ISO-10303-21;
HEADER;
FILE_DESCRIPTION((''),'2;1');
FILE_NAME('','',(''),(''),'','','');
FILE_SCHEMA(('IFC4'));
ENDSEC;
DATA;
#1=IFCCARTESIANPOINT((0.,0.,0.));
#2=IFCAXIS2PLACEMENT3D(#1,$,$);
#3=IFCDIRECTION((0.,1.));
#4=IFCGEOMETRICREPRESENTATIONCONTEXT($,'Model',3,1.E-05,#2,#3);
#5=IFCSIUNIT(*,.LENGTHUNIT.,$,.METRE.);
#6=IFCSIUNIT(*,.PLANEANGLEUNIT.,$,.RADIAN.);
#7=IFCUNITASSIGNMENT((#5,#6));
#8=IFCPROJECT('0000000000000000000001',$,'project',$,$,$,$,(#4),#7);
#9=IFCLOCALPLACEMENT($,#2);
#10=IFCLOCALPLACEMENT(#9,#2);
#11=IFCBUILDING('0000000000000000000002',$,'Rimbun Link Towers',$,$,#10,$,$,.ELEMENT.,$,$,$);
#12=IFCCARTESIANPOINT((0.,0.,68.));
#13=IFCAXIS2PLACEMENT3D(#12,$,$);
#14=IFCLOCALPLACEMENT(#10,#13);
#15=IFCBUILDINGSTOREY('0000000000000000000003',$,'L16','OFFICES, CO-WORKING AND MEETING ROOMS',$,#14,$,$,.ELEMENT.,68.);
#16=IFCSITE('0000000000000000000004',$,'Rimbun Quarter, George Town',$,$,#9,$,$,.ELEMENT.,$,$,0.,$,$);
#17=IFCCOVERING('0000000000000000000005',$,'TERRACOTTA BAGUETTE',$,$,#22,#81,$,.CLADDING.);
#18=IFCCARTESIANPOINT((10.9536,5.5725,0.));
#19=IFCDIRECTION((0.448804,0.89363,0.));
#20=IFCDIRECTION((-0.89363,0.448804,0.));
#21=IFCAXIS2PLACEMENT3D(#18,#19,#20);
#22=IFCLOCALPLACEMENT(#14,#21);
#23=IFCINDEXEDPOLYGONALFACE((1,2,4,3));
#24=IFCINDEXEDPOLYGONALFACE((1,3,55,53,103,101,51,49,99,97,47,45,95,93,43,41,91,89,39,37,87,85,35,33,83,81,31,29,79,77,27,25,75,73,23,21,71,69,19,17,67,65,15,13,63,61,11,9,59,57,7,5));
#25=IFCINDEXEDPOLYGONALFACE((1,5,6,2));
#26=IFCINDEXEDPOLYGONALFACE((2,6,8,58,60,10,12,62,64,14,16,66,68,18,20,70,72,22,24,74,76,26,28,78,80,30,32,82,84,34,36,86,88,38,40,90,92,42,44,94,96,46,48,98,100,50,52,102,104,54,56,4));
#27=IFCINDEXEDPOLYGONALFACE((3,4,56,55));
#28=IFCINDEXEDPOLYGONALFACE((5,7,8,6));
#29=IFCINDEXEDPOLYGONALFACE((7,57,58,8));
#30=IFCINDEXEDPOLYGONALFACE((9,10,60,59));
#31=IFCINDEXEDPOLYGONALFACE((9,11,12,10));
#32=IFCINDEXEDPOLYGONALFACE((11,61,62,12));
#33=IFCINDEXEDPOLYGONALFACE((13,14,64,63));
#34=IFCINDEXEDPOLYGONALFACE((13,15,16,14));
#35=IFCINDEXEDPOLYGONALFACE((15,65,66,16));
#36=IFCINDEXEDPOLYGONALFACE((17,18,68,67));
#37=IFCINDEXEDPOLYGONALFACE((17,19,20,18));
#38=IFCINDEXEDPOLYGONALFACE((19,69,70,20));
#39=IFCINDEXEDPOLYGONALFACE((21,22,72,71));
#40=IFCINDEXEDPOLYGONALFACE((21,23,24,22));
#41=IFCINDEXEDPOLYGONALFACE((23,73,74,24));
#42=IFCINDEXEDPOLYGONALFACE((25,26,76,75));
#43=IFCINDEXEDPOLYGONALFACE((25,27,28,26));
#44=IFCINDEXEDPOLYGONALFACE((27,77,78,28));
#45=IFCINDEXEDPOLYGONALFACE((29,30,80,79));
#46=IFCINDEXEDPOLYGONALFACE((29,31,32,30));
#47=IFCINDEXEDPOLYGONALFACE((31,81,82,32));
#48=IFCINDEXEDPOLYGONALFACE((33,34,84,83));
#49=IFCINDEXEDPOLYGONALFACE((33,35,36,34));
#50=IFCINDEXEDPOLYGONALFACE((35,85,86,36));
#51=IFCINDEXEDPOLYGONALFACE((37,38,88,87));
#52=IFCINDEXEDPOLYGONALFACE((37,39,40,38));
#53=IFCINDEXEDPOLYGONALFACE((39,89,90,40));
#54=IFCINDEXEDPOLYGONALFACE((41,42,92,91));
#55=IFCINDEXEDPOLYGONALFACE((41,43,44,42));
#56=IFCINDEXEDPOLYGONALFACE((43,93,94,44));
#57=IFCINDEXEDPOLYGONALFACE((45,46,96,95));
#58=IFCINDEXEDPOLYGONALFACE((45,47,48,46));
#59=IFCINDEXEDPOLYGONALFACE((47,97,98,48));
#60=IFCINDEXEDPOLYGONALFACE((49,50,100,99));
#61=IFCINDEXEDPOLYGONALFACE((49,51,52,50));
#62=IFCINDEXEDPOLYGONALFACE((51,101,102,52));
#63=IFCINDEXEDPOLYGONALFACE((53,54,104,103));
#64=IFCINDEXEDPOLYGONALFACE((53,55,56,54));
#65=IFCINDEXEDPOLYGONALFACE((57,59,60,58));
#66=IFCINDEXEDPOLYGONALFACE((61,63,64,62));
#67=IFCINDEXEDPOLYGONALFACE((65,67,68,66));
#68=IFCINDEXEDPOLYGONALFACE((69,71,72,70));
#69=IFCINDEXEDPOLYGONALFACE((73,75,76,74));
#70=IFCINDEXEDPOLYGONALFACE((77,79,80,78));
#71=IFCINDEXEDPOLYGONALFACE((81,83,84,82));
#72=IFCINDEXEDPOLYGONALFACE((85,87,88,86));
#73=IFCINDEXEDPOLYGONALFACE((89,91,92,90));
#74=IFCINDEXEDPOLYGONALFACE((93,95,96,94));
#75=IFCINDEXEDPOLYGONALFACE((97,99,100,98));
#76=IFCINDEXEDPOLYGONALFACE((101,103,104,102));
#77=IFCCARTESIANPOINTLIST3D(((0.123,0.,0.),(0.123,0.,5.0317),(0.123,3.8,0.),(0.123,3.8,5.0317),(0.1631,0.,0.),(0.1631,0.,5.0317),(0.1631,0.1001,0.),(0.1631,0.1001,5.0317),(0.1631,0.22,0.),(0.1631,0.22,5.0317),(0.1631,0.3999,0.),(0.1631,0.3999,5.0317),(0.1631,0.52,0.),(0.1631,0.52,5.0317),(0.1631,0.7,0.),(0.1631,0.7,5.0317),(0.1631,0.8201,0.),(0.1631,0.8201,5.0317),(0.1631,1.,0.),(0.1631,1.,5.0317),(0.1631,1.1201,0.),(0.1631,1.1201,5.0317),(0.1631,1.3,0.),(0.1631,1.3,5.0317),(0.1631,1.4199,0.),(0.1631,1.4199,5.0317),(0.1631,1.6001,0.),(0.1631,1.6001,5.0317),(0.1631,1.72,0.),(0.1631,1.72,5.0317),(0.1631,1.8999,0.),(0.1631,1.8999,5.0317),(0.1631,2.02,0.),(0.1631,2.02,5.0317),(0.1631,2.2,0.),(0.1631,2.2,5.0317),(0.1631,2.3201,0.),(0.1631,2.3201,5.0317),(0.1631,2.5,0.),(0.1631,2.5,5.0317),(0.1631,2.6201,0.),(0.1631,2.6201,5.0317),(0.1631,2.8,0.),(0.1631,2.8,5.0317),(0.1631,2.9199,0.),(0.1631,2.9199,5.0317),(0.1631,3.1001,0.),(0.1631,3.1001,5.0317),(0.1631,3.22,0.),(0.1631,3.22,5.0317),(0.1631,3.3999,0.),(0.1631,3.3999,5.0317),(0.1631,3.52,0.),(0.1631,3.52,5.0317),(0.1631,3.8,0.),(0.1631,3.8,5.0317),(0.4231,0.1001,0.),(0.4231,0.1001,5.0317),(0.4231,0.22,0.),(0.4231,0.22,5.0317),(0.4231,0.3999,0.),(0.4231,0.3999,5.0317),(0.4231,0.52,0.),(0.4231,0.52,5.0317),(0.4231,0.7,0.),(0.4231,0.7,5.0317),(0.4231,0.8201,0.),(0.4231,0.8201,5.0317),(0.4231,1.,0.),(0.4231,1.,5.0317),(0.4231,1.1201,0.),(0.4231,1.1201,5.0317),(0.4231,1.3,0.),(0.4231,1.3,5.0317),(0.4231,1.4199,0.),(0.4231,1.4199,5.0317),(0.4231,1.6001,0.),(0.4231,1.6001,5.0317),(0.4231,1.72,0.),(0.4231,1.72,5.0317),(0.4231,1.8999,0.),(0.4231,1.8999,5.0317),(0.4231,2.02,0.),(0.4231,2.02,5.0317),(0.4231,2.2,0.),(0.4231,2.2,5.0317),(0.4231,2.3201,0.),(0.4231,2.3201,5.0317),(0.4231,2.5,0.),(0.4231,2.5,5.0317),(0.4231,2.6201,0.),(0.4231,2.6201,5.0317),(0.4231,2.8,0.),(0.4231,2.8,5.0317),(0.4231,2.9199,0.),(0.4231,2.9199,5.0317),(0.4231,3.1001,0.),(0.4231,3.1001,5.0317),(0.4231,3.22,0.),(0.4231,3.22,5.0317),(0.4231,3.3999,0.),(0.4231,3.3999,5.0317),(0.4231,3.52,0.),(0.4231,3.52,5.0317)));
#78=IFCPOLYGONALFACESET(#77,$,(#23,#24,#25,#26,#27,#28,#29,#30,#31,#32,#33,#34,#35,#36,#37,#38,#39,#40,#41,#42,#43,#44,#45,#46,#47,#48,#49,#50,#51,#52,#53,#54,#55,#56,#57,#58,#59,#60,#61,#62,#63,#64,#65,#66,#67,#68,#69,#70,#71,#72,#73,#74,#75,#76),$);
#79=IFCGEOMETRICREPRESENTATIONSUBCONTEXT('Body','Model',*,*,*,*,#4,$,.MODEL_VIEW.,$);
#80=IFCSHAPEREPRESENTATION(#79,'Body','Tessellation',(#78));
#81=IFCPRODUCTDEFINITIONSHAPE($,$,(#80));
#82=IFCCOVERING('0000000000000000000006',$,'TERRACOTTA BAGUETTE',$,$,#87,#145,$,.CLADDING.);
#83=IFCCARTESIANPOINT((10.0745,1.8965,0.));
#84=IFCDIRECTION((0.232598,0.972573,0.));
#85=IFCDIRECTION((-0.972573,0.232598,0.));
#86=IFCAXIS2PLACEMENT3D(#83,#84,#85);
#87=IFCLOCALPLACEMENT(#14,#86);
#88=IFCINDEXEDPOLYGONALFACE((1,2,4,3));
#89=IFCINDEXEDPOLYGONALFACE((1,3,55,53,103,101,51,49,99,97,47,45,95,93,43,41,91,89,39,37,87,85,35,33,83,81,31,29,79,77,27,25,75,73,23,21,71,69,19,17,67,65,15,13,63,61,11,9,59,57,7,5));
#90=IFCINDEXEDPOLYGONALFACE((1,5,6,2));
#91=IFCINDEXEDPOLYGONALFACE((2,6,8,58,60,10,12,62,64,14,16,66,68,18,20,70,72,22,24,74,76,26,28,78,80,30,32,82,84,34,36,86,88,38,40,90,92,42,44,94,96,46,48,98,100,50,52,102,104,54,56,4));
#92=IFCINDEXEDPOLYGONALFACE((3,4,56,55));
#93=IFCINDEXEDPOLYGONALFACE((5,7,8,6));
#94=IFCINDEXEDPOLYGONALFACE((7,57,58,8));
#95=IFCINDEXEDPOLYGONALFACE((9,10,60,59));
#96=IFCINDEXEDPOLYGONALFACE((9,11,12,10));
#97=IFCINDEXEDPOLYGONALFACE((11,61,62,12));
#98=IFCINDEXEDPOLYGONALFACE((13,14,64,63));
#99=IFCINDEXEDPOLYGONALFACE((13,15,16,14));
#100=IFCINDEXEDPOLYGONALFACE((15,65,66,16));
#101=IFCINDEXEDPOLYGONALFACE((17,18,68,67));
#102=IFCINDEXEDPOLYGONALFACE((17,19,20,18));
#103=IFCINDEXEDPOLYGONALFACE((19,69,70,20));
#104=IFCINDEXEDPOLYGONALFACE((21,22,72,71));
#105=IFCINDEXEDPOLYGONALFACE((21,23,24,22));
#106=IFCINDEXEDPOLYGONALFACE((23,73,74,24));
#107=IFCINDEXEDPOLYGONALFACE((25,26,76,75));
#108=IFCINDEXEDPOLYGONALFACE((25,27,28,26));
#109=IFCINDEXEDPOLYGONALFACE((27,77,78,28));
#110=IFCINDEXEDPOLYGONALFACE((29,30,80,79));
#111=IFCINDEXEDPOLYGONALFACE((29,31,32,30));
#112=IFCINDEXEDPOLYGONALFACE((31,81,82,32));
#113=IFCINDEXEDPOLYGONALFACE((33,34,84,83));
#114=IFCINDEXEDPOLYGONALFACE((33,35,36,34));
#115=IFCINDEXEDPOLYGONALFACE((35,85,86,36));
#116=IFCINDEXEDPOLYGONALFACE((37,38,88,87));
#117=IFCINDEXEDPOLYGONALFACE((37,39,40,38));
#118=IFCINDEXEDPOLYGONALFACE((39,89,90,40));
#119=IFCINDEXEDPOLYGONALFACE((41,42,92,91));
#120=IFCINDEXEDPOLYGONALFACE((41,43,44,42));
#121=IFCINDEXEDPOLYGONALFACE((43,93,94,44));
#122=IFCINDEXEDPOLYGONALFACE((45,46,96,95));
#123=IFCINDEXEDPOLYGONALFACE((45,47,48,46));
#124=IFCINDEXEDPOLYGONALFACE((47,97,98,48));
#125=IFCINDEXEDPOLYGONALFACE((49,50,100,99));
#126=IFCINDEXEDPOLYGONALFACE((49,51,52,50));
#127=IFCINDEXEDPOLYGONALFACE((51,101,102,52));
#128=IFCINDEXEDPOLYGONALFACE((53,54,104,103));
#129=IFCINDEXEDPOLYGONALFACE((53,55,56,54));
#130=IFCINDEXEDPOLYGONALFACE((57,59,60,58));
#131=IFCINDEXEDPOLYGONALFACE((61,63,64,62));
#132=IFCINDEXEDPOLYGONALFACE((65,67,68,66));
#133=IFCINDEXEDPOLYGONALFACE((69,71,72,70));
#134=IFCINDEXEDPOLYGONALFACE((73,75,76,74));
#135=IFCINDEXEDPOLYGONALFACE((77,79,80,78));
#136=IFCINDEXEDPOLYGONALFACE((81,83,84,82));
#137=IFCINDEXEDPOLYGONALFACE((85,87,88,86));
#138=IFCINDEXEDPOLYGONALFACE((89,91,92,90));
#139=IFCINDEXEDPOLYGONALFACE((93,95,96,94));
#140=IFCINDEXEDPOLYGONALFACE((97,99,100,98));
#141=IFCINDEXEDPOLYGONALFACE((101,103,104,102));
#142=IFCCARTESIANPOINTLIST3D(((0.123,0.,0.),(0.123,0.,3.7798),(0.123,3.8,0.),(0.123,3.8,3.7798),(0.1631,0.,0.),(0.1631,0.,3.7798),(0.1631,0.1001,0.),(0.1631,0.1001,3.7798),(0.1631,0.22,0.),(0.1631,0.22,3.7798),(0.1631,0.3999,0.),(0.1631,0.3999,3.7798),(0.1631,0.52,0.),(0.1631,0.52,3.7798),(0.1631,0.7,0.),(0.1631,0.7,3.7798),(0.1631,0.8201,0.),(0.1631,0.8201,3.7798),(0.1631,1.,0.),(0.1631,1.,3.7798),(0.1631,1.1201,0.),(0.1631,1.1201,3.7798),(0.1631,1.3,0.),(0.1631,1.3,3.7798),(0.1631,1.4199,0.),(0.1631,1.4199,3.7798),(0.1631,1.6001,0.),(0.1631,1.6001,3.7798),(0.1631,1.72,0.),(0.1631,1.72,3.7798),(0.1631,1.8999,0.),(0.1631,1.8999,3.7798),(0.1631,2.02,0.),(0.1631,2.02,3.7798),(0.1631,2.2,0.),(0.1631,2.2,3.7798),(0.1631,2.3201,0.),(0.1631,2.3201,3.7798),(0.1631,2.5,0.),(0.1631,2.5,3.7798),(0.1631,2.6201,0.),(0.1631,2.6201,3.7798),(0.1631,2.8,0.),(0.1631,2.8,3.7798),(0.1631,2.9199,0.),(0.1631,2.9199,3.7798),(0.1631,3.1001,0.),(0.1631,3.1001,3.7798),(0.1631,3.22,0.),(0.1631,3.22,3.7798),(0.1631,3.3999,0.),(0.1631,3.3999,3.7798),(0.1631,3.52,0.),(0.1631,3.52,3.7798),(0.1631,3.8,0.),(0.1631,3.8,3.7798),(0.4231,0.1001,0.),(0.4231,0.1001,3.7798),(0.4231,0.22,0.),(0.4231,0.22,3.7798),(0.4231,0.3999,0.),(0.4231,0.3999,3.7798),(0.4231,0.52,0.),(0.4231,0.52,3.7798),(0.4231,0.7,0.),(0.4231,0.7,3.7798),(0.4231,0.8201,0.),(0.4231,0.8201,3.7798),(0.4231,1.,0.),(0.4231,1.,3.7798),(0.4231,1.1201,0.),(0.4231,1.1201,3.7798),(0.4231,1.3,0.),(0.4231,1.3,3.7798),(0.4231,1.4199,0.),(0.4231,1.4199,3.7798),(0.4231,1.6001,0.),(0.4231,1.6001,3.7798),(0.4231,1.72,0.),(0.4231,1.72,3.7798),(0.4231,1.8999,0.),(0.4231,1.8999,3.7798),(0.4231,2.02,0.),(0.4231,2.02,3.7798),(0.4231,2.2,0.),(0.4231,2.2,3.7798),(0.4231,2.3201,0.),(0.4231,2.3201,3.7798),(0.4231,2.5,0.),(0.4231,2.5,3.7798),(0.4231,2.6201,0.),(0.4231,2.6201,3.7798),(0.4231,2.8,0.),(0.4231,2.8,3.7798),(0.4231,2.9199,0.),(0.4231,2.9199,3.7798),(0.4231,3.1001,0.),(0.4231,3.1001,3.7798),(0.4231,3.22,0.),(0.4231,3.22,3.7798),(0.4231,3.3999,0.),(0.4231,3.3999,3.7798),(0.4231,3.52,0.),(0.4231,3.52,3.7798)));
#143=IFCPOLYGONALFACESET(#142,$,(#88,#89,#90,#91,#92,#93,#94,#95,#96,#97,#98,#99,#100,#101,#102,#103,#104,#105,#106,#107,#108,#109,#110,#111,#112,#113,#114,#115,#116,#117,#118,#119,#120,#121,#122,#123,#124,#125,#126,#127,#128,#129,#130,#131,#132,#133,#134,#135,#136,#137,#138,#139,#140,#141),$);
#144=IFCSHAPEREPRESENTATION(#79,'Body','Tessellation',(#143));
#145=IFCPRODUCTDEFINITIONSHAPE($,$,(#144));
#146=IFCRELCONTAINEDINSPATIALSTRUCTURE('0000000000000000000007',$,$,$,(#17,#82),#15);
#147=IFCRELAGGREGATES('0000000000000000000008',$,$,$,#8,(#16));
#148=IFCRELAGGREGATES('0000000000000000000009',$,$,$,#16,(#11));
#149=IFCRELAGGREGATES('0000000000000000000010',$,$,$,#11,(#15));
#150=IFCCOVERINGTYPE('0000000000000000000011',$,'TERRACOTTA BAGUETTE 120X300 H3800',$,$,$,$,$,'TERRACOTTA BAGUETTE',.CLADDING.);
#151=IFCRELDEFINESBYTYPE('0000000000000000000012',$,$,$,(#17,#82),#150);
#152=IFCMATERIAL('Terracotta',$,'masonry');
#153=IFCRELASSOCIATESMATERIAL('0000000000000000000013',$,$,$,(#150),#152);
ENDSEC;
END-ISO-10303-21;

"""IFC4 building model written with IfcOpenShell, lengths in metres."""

from ifc_helpers import new_model, si_unit, direction, frame, origin, place, context, subcontext, project, spatial, polyline, outline, extrude, material, material_profile, profile_set, type_object, element, save


model = new_model("IFC4")

# Units and contexts
model_context = context("Model", 3, precision=1e-05, world=origin(), true_north=direction((0.0, 1.0)))
body_context = subcontext(model_context, "Body", "Model", "MODEL_VIEW")
ifc_project = project(units=[si_unit("LENGTHUNIT", "METRE"), si_unit("PLANEANGLEUNIT", "RADIAN")], contexts=[model_context])

# Site, building, storey
site_placement = place(None, origin())
site = spatial("IfcSite", under=ifc_project, at=site_placement, Name="Rimbun Quarter, George Town", CompositionType="ELEMENT", RefElevation=0.0)
building_placement = place(site_placement, origin())
building = spatial("IfcBuilding", under=site, at=building_placement, Name="Rimbun Link Towers", CompositionType="ELEMENT")
storey_placement = place(building_placement, frame((0.0, 0.0, 68.0)))
storey = spatial("IfcBuildingStorey", under=building, at=storey_placement, Name="L16", Description="OFFICES, CO-WORKING AND MEETING ROOMS", CompositionType="ELEMENT", Elevation=68.0)

# Coverings
ifc_material_1 = material(Name="Terracotta", Category="masonry")
ifc_material_profile_1 = material_profile(ifc_material_1, outline(polyline([(0.123, 0.0), (0.1631, 0.0), (0.1631, 0.1001), (0.4231, 0.1001), (0.4231, 0.22), (0.1631, 0.22), (0.1631, 0.3999), (0.4231, 0.3999), (0.4231, 0.52), (0.1631, 0.52), (0.1631, 0.7), (0.4231, 0.7), (0.4231, 0.8201), (0.1631, 0.8201), (0.1631, 1.0), (0.4231, 1.0), (0.4231, 1.1201), (0.1631, 1.1201), (0.1631, 1.3), (0.4231, 1.3), (0.4231, 1.4199), (0.1631, 1.4199), (0.1631, 1.6001), (0.4231, 1.6001), (0.4231, 1.72), (0.1631, 1.72), (0.1631, 1.8999), (0.4231, 1.8999), (0.4231, 2.02), (0.1631, 2.02), (0.1631, 2.2), (0.4231, 2.2), (0.4231, 2.3201), (0.1631, 2.3201), (0.1631, 2.5), (0.4231, 2.5), (0.4231, 2.6201), (0.1631, 2.6201), (0.1631, 2.8), (0.4231, 2.8), (0.4231, 2.9199), (0.1631, 2.9199), (0.1631, 3.1001), (0.4231, 3.1001), (0.4231, 3.22), (0.1631, 3.22), (0.1631, 3.3999), (0.4231, 3.3999), (0.4231, 3.52), (0.1631, 3.52), (0.1631, 3.8), (0.123, 3.8), (0.123, 0.0)])), Name="BAGUETTE 120X300")
ifc_profile_set_1 = profile_set([ifc_material_profile_1], Name="Terracotta")
covering_type_1 = type_object("IfcCoveringType", Name="TERRACOTTA BAGUETTE 120X300 H3800", ElementType="TERRACOTTA BAGUETTE", PredefinedType="CLADDING", material=ifc_profile_set_1)
covering_1_placement = place(storey_placement, frame((10.9536, 5.5725, 0.0), z_axis=(0.448804, 0.89363, 0.0), x_axis=(-0.89363, 0.448804, 0.0)))
element("IfcCovering", 1, at=covering_1_placement, inside=storey, type_object=covering_type_1, Name="TERRACOTTA BAGUETTE", PredefinedType="CLADDING", context=body_context, shape_type="SweptSolid", body=[
    extrude(outline(polyline([(0.123, 0.0), (0.1631, 0.0), (0.1631, 0.1001), (0.4231, 0.1001), (0.4231, 0.22), (0.1631, 0.22), (0.1631, 0.3999), (0.4231, 0.3999), (0.4231, 0.52), (0.1631, 0.52), (0.1631, 0.7), (0.4231, 0.7), (0.4231, 0.8201), (0.1631, 0.8201), (0.1631, 1.0), (0.4231, 1.0), (0.4231, 1.1201), (0.1631, 1.1201), (0.1631, 1.3), (0.4231, 1.3), (0.4231, 1.4199), (0.1631, 1.4199), (0.1631, 1.6001), (0.4231, 1.6001), (0.4231, 1.72), (0.1631, 1.72), (0.1631, 1.8999), (0.4231, 1.8999), (0.4231, 2.02), (0.1631, 2.02), (0.1631, 2.2), (0.4231, 2.2), (0.4231, 2.3201), (0.1631, 2.3201), (0.1631, 2.5), (0.4231, 2.5), (0.4231, 2.6201), (0.1631, 2.6201), (0.1631, 2.8), (0.4231, 2.8), (0.4231, 2.9199), (0.1631, 2.9199), (0.1631, 3.1001), (0.4231, 3.1001), (0.4231, 3.22), (0.1631, 3.22), (0.1631, 3.3999), (0.4231, 3.3999), (0.4231, 3.52), (0.1631, 3.52), (0.1631, 3.8), (0.123, 3.8), (0.123, 0.0)])), origin(), (0.0, 0.0, 1.0), 5.0317),
])
covering_2_placement = place(storey_placement, frame((10.0745, 1.8965, 0.0), z_axis=(0.232598, 0.972573, 0.0), x_axis=(-0.972573, 0.232598, 0.0)))
element("IfcCovering", 2, at=covering_2_placement, inside=storey, type_object=covering_type_1, Name="TERRACOTTA BAGUETTE", PredefinedType="CLADDING", context=body_context, shape_type="SweptSolid", body=[
    extrude(outline(polyline([(0.123, 0.0), (0.1631, 0.0), (0.1631, 0.1001), (0.4231, 0.1001), (0.4231, 0.22), (0.1631, 0.22), (0.1631, 0.3999), (0.4231, 0.3999), (0.4231, 0.52), (0.1631, 0.52), (0.1631, 0.7), (0.4231, 0.7), (0.4231, 0.8201), (0.1631, 0.8201), (0.1631, 1.0), (0.4231, 1.0), (0.4231, 1.1201), (0.1631, 1.1201), (0.1631, 1.3), (0.4231, 1.3), (0.4231, 1.4199), (0.1631, 1.4199), (0.1631, 1.6001), (0.4231, 1.6001), (0.4231, 1.72), (0.1631, 1.72), (0.1631, 1.8999), (0.4231, 1.8999), (0.4231, 2.02), (0.1631, 2.02), (0.1631, 2.2), (0.4231, 2.2), (0.4231, 2.3201), (0.1631, 2.3201), (0.1631, 2.5), (0.4231, 2.5), (0.4231, 2.6201), (0.1631, 2.6201), (0.1631, 2.8), (0.4231, 2.8), (0.4231, 2.9199), (0.1631, 2.9199), (0.1631, 3.1001), (0.4231, 3.1001), (0.4231, 3.22), (0.1631, 3.22), (0.1631, 3.3999), (0.4231, 3.3999), (0.4231, 3.52), (0.1631, 3.52), (0.1631, 3.8), (0.123, 3.8), (0.123, 0.0)])), origin(), (0.0, 0.0, 1.0), 3.7798),
])

save(model, "model.ifc")
